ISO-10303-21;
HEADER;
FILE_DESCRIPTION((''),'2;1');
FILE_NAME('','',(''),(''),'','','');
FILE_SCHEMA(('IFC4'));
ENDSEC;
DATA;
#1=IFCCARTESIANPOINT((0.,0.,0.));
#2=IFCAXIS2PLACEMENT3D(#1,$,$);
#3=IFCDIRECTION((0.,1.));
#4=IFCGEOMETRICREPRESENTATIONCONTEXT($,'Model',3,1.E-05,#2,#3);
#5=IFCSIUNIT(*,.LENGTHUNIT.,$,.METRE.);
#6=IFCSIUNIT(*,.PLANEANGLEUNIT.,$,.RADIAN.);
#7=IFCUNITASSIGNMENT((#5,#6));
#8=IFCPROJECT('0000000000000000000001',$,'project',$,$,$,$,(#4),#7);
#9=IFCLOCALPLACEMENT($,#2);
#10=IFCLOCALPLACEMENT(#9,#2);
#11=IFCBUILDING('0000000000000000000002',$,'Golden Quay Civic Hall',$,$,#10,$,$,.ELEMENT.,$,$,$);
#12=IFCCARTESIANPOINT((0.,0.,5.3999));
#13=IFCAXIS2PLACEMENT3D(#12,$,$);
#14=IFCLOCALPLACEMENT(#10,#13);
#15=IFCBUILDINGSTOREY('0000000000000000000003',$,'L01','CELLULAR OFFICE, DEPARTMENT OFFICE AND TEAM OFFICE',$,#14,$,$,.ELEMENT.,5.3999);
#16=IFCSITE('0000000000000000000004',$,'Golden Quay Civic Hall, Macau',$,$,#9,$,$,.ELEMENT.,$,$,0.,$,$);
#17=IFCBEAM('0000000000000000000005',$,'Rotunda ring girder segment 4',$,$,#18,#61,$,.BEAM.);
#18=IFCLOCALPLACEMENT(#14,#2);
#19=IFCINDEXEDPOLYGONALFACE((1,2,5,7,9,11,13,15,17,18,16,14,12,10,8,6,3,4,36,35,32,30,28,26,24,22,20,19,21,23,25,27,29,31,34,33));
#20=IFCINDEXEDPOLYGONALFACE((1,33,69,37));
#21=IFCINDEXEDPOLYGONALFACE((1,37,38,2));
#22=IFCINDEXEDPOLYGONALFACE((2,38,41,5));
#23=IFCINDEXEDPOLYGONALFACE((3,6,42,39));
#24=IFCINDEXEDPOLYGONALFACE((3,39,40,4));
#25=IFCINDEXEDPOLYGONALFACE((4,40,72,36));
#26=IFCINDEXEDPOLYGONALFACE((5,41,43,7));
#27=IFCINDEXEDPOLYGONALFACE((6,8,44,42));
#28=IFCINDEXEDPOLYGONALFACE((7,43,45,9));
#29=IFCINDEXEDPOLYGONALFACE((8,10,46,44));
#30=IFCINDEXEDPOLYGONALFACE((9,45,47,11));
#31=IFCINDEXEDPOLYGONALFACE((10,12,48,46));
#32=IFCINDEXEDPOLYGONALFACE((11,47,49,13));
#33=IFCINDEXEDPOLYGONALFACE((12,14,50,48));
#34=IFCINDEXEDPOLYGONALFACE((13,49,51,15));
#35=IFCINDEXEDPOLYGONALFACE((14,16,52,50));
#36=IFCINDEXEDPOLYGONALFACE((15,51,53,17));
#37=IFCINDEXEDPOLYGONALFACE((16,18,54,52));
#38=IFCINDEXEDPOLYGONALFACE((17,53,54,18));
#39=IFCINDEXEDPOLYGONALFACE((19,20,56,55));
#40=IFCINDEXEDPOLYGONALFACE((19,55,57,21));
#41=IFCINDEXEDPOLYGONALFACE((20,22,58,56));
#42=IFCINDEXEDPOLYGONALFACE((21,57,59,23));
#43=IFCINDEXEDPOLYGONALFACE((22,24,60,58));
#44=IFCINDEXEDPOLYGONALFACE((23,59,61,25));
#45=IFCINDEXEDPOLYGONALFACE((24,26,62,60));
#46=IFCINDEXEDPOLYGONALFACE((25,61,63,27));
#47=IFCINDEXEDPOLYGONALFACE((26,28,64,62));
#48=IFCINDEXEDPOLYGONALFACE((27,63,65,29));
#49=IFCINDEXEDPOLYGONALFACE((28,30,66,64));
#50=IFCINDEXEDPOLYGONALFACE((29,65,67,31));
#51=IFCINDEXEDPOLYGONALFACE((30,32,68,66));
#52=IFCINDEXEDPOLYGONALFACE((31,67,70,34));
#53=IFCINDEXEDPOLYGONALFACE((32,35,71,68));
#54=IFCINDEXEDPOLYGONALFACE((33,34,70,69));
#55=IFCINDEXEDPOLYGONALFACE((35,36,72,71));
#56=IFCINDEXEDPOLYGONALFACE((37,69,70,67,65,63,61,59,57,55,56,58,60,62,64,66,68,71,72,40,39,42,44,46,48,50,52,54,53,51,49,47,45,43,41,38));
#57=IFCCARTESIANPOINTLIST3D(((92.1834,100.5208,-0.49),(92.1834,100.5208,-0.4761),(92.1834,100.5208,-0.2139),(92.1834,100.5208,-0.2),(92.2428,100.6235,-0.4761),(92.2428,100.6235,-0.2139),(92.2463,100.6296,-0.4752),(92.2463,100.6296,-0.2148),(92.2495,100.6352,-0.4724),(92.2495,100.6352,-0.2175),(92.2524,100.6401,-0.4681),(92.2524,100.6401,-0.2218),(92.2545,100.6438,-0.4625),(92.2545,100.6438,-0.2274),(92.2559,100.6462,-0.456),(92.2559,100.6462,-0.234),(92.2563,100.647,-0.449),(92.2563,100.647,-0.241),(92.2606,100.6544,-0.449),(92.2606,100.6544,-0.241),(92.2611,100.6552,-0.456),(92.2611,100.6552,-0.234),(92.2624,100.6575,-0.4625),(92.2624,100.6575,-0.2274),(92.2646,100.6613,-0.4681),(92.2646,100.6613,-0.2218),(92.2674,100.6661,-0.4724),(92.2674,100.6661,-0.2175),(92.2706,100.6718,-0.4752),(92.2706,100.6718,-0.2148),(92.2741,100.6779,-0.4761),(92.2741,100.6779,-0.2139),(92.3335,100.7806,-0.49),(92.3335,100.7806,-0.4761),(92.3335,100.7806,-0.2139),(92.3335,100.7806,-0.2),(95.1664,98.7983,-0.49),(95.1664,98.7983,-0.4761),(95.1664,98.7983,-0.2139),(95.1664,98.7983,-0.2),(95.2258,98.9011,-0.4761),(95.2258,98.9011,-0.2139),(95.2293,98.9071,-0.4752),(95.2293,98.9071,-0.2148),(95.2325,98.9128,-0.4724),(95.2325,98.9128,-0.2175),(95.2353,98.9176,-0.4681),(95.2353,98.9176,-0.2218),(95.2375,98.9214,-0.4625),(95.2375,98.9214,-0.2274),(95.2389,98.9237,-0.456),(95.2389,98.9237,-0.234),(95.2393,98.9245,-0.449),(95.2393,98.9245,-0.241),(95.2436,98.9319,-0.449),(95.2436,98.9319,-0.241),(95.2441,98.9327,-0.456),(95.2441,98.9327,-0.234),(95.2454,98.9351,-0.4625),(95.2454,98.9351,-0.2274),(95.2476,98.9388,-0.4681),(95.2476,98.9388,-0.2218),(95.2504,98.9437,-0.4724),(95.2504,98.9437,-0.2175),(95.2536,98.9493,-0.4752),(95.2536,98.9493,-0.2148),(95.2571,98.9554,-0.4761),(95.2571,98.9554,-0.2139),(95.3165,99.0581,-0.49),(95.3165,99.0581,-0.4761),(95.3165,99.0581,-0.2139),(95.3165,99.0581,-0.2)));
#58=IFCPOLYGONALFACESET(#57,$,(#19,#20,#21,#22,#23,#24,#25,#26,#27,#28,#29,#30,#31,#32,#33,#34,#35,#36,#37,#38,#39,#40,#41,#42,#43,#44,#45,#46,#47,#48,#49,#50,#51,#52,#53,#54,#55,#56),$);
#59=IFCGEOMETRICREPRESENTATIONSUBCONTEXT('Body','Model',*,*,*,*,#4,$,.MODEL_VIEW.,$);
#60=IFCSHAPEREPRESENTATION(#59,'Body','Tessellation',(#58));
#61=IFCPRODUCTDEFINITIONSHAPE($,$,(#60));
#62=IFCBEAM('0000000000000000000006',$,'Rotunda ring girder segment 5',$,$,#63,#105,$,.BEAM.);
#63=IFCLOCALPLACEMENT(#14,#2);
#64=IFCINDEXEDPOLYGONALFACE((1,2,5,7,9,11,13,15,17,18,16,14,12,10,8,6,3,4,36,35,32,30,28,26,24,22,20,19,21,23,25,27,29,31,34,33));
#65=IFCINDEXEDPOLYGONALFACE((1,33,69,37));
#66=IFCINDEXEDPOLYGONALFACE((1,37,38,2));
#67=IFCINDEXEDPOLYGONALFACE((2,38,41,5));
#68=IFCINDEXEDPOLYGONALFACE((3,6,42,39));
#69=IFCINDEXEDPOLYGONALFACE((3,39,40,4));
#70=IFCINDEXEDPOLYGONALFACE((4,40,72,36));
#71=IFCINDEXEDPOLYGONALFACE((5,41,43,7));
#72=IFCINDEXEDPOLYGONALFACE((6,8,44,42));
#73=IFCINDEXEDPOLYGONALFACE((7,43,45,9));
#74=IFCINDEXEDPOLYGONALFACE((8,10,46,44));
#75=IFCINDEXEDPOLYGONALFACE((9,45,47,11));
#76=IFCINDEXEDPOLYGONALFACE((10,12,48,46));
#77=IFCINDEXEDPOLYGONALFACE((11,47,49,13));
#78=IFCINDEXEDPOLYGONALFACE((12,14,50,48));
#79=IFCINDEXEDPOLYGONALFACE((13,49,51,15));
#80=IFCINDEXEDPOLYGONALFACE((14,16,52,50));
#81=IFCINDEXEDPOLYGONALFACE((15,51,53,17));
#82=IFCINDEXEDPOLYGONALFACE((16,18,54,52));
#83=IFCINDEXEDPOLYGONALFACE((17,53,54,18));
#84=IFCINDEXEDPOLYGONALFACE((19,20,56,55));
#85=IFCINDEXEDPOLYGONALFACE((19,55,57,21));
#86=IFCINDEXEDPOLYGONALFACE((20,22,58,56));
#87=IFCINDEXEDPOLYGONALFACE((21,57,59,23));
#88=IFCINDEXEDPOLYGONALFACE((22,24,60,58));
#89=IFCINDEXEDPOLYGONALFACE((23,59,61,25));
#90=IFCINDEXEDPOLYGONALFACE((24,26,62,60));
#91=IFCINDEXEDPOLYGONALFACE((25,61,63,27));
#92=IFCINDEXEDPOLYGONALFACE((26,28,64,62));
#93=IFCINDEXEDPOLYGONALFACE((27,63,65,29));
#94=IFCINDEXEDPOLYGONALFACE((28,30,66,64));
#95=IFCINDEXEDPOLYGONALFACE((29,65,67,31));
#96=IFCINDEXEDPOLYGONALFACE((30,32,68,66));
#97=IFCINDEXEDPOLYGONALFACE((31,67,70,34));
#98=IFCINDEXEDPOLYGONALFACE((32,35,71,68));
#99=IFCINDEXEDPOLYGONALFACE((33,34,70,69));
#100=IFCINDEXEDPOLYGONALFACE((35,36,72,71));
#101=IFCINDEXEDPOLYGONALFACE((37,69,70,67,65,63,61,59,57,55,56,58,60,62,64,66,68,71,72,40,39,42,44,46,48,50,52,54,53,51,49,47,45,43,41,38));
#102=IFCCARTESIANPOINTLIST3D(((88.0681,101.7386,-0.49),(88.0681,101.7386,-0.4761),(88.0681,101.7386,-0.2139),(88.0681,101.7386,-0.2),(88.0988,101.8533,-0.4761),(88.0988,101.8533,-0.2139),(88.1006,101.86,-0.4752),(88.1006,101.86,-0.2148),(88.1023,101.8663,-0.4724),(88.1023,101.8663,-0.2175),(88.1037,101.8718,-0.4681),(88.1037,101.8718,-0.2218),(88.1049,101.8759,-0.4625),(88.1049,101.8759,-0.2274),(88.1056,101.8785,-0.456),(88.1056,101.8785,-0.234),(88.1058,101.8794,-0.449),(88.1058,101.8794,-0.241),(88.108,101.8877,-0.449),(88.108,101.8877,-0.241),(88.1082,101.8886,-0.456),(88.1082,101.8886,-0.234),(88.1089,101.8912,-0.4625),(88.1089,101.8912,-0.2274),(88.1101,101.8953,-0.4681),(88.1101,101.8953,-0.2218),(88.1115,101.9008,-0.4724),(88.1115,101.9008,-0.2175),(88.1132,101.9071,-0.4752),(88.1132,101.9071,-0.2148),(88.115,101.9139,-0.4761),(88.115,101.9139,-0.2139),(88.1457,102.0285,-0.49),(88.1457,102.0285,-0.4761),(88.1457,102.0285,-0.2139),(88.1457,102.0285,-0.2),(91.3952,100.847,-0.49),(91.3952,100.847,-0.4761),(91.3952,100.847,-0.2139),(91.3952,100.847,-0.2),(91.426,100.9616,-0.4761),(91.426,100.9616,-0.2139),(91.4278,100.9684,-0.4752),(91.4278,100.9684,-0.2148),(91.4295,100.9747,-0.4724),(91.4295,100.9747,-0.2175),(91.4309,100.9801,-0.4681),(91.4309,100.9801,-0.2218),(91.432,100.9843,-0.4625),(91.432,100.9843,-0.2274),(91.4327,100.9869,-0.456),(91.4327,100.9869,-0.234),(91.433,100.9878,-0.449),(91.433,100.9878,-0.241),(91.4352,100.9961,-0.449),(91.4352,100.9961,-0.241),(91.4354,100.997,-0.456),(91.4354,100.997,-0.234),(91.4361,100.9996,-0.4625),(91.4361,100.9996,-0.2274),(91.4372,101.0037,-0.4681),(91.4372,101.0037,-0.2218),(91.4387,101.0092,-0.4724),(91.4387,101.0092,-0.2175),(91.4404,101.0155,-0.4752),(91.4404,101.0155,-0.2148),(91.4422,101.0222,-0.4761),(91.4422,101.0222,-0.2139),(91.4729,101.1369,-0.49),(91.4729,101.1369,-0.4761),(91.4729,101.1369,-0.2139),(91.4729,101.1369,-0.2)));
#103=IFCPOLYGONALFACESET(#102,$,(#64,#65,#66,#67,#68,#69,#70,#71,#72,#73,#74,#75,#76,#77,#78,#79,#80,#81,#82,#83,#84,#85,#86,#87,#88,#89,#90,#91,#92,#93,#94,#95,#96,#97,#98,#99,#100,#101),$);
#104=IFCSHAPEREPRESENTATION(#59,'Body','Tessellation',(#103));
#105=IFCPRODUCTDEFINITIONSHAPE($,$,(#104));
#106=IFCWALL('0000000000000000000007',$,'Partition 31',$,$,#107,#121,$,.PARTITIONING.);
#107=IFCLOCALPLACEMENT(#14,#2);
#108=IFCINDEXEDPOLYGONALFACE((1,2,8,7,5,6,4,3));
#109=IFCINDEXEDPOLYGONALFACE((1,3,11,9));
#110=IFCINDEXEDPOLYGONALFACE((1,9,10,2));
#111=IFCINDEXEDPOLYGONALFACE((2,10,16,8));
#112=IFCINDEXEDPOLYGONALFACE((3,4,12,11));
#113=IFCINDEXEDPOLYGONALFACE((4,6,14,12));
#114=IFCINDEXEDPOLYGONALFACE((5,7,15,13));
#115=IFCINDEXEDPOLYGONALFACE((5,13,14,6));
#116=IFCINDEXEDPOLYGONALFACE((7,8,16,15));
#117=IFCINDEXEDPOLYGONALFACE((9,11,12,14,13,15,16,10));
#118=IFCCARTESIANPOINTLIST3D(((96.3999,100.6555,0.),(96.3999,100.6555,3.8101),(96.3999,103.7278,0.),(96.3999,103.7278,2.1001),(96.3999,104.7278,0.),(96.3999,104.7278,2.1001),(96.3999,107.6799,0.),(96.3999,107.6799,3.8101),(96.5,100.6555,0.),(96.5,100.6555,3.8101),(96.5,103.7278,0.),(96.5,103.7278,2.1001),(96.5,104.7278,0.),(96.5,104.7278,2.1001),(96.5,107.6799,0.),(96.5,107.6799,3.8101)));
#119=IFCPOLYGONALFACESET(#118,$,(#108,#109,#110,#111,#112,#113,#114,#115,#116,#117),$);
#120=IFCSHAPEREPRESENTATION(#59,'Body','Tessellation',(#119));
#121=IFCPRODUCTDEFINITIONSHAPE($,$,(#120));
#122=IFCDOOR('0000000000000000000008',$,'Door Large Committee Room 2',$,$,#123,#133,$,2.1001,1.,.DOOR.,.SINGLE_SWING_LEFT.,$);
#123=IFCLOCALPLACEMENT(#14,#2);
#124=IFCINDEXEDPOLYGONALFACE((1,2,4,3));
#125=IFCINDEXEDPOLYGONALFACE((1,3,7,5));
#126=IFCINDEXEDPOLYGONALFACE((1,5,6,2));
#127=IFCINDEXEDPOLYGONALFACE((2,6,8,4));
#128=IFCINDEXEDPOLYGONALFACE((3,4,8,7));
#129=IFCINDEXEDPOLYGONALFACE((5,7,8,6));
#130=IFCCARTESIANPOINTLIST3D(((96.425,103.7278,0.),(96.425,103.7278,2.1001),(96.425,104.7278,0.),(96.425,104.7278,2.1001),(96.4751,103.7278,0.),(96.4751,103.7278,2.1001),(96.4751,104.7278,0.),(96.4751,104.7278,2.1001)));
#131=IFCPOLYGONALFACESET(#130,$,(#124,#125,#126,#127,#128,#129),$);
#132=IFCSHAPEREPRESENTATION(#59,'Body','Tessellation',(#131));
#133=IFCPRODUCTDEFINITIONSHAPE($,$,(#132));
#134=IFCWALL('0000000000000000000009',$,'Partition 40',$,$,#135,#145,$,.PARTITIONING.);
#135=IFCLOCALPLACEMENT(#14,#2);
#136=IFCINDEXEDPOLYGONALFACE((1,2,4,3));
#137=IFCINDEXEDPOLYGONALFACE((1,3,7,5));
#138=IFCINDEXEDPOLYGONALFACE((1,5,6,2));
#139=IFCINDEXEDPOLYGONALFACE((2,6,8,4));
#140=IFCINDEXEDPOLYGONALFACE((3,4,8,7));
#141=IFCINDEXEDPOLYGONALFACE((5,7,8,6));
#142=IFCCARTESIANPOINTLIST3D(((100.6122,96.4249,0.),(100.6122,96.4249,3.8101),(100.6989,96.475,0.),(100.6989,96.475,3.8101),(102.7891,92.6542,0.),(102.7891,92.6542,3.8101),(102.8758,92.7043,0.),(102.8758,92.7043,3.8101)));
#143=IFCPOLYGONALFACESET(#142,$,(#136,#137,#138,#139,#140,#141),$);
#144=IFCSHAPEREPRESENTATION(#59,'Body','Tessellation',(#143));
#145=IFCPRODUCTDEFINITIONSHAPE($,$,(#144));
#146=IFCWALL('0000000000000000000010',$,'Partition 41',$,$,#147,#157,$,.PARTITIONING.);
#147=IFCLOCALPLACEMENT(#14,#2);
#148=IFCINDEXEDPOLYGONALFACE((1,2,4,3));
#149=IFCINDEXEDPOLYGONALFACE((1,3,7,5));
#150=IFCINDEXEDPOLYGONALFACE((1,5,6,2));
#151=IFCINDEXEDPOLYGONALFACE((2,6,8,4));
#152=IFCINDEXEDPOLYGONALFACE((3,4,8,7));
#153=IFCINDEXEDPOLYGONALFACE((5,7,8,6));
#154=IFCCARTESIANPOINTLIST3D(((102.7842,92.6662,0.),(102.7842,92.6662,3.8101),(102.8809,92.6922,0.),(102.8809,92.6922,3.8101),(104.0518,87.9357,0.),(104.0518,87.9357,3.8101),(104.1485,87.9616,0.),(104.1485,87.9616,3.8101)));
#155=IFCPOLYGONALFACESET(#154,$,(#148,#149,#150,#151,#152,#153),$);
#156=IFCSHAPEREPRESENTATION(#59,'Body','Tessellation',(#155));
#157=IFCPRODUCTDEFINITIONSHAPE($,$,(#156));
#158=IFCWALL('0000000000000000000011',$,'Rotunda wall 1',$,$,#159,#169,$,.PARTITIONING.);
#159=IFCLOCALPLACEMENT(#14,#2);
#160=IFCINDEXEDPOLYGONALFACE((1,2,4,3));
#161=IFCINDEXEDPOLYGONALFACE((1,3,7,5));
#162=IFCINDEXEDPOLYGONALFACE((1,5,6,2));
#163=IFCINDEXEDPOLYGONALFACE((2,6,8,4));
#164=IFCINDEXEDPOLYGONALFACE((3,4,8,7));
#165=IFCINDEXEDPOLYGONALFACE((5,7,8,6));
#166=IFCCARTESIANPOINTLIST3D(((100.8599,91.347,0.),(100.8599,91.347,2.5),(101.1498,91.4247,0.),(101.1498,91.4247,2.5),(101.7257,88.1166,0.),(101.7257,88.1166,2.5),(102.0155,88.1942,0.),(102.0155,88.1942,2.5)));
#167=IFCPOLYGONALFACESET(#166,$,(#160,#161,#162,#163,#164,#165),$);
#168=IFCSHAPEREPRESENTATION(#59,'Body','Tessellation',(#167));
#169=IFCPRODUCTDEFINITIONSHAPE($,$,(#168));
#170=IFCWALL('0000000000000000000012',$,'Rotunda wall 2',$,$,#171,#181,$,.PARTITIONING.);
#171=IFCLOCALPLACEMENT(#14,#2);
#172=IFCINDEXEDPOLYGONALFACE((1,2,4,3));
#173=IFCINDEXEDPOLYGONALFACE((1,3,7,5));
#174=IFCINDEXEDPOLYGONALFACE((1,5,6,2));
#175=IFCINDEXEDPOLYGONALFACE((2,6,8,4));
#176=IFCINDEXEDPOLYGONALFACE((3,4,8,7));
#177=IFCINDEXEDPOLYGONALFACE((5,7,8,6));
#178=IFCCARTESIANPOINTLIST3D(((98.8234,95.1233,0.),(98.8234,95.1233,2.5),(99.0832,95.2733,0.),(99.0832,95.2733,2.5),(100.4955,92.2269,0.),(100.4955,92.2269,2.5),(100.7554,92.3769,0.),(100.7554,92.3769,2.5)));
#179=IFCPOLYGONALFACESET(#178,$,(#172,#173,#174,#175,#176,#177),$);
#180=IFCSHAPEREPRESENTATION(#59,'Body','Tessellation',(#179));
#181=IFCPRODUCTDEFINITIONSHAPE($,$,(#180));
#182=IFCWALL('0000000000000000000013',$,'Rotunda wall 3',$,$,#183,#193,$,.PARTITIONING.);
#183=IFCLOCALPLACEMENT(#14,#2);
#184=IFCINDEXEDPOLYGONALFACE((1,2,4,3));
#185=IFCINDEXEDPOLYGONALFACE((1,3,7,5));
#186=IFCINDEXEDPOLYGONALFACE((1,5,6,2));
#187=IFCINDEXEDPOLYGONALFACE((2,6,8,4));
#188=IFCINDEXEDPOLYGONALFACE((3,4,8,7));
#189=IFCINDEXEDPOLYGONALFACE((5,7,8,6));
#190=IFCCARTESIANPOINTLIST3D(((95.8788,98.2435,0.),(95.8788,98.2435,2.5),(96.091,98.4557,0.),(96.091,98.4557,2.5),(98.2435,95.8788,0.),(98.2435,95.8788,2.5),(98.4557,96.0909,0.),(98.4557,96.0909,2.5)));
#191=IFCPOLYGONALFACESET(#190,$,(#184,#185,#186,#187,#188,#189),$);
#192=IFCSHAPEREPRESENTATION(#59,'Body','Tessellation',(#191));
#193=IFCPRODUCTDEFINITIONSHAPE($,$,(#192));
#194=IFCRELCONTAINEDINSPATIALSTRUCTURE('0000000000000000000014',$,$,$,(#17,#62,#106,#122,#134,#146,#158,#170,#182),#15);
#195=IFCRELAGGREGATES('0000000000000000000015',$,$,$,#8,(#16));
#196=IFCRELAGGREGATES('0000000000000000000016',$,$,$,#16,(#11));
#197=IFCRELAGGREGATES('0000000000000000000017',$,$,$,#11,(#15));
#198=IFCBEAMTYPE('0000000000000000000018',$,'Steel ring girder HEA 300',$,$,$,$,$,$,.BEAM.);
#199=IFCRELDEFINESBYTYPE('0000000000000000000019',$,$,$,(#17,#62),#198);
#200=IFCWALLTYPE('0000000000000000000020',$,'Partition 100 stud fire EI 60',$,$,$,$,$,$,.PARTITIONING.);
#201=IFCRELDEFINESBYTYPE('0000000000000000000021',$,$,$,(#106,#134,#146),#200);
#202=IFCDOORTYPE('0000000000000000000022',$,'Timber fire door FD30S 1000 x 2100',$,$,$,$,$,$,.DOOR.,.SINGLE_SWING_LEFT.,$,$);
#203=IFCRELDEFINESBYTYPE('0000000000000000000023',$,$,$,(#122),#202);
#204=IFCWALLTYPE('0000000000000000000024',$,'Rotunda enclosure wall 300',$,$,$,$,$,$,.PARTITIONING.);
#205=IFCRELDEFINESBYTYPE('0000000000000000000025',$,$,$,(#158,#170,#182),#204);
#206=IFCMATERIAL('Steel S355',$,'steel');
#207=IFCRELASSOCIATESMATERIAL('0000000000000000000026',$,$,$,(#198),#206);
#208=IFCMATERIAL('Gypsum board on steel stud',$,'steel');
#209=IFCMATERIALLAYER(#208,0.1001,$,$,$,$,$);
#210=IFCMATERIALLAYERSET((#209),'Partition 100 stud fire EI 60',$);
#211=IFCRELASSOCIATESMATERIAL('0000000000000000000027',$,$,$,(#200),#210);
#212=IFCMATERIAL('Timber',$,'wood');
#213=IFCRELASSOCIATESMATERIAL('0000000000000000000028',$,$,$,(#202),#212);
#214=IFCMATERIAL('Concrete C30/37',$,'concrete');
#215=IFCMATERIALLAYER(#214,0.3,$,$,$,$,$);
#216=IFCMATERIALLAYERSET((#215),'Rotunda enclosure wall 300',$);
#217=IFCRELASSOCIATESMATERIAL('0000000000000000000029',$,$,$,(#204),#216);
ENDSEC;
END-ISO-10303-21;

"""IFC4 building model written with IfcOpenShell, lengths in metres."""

from ifc_helpers import new_model, si_unit, direction, frame, frame_2d, origin, origin_2d, place, context, subcontext, project, spatial, rectangle, i_section, extrude, material, layer, layer_set, material_profile, profile_set, type_object, element, fill, save


model = new_model("IFC4")

# Units and contexts
model_context = context("Model", 3, precision=1e-05, world=origin(), true_north=direction((0.0, 1.0)))
body_context = subcontext(model_context, "Body", "Model", "MODEL_VIEW")
ifc_project = project(units=[si_unit("LENGTHUNIT", "METRE"), si_unit("PLANEANGLEUNIT", "RADIAN")], contexts=[model_context])

# Site, building, storey
site_placement = place(None, origin())
site = spatial("IfcSite", under=ifc_project, at=site_placement, Name="Golden Quay Civic Hall, Macau", CompositionType="ELEMENT", RefElevation=0.0)
building_placement = place(site_placement, origin())
building = spatial("IfcBuilding", under=site, at=building_placement, Name="Golden Quay Civic Hall", CompositionType="ELEMENT")
storey_placement = place(building_placement, frame((0.0, 0.0, 5.3999)))
storey = spatial("IfcBuildingStorey", under=building, at=storey_placement, Name="L01", Description="CELLULAR OFFICE, DEPARTMENT OFFICE AND TEAM OFFICE", CompositionType="ELEMENT", Elevation=5.3999)

# Beams
ifc_material_1 = material(Name="Steel S355", Category="steel")
ifc_material_profile_1 = material_profile(ifc_material_1, i_section(OverallWidth=0.3, OverallDepth=0.29, WebThickness=0.0085, FlangeThickness=0.0139, FilletRadius=0.0271, at=origin_2d()), Name="HEA 300")
ifc_profile_set_1 = profile_set([ifc_material_profile_1], Name="Steel S355")
beam_type_1 = type_object("IfcBeamType", Name="Steel ring girder HEA 300", PredefinedType="BEAM", material=ifc_profile_set_1)
for number, where, z_axis, x_axis, name in (
    (1, (95.2415, 98.9282, -0.345), (-0.865997, 0.50005, 0.0), (-0.50005, -0.865997, 0.0), "Rotunda ring girder segment 4"),
    (2, (91.4341, 100.9919, -0.345), (-0.965919, 0.258845, 0.0), (-0.258845, -0.965919, 0.0), "Rotunda ring girder segment 5"),
):
    element("IfcBeam", number, at=place(storey_placement, frame(where, z_axis=z_axis, x_axis=x_axis)), inside=storey, type_object=beam_type_1, Name=name, PredefinedType="BEAM", context=body_context, shape_type="SweptSolid", body=[
        extrude(i_section(OverallWidth=0.3, OverallDepth=0.29, WebThickness=0.0085, FlangeThickness=0.0139, FilletRadius=0.0271, at=origin_2d()), origin(), (0.0, 0.0, 1.0), 3.4446),
    ])

# Wall, opening, door
ifc_material_2 = material(Name="Gypsum board on steel stud", Category="steel")
ifc_layer_1 = layer(ifc_material_2, 0.1001)
ifc_layer_set_1 = layer_set([ifc_layer_1], Name="Partition 100 stud fire EI 60")
wall_type_1 = type_object("IfcWallType", Name="Partition 100 stud fire EI 60", PredefinedType="PARTITIONING", material=ifc_layer_set_1)
wall_1_placement = place(storey_placement, frame((96.45, 100.6555, 0.0), z_axis=(0.0, 0.0, 1.0), x_axis=(0.0, 1.0, 0.0)))
wall_1 = element("IfcWall", 3, at=wall_1_placement, inside=storey, type_object=wall_type_1, Name="Partition 31", PredefinedType="PARTITIONING", context=body_context, shape_type="SweptSolid", body=[
    extrude(rectangle(XDim=7.0244, YDim=0.1001, at=frame_2d((3.5122, 0.0))), origin(), (0.0, 0.0, 1.0), 3.8101),
])
opening_placement = place(wall_1_placement, frame((3.0723, 0.0, 0.0)))
opening = element("IfcOpeningElement", 4, at=opening_placement, cuts=wall_1, PredefinedType="OPENING", context=body_context, shape_type="SweptSolid", body=[
    extrude(rectangle(XDim=1.0, YDim=2.1001, at=frame_2d((0.5, 1.05))), frame((0.0, 0.0601, 0.0), z_axis=(0.0, -1.0, 0.0), x_axis=(1.0, 0.0, 0.0)), (0.0, 0.0, 1.0), 0.1201),
])
ifc_material_3 = material(Name="Timber", Category="wood")
door_type = type_object("IfcDoorType", Name="Timber fire door FD30S 1000 x 2100", OperationType="SINGLE_SWING_LEFT", PredefinedType="DOOR", material=ifc_material_3)
door_placement = place(opening_placement, origin())
door = element("IfcDoor", 5, at=door_placement, inside=storey, type_object=door_type, Name="Door Large Committee Room 2", OperationType="SINGLE_SWING_LEFT", OverallHeight=2.1001, OverallWidth=1.0, PredefinedType="DOOR", context=body_context, shape_type="SweptSolid", body=[
    extrude(rectangle(XDim=1.0, YDim=2.1001, at=frame_2d((0.5, 1.05))), frame((0.0, 0.0249, 0.0), z_axis=(0.0, -1.0, 0.0), x_axis=(1.0, 0.0, 0.0)), (0.0, 0.0, 1.0), 0.05),
])
fill(opening, door)

# Walls
wall_2_placement = place(storey_placement, frame((100.6555, 96.45, 0.0), z_axis=(0.0, 0.0, 1.0), x_axis=(0.499993, -0.86603, 0.0)))
element("IfcWall", 6, at=wall_2_placement, inside=storey, type_object=wall_type_1, Name="Partition 40", PredefinedType="PARTITIONING", context=body_context, shape_type="SweptSolid", body=[
    extrude(rectangle(XDim=4.354, YDim=0.1001, at=frame_2d((2.177, 0.0))), origin(), (0.0, 0.0, 1.0), 3.8101),
])
wall_3_placement = place(storey_placement, frame((102.8325, 92.6792, 0.0), z_axis=(0.0, 0.0, 1.0), x_axis=(0.258829, -0.965923, 0.0)))
element("IfcWall", 7, at=wall_3_placement, inside=storey, type_object=wall_type_1, Name="Partition 41", PredefinedType="PARTITIONING", context=body_context, shape_type="SweptSolid", body=[
    extrude(rectangle(XDim=4.8975, YDim=0.1001, at=frame_2d((2.4487, 0.0))), origin(), (0.0, 0.0, 1.0), 3.8101),
])
ifc_material_4 = material(Name="Concrete C30/37", Category="concrete")
ifc_layer_2 = layer(ifc_material_4, 0.3)
ifc_layer_set_2 = layer_set([ifc_layer_2], Name="Rotunda enclosure wall 300")
wall_type_2 = type_object("IfcWallType", Name="Rotunda enclosure wall 300", PredefinedType="PARTITIONING", material=ifc_layer_set_2)
for number, where, z_axis, x_axis, name in (
    (8, (101.8706, 88.1553, 0.0), (0.0, 0.0, 1.0), (-0.258853, 0.965917, 0.0), "Rotunda wall 1"),
    (9, (100.6255, 92.3018, 0.0), (0.0, 0.0, 1.0), (-0.499963, 0.866047, 0.0), "Rotunda wall 2"),
):
    element("IfcWall", number, at=place(storey_placement, frame(where, z_axis=z_axis, x_axis=x_axis)), inside=storey, type_object=wall_type_2, Name=name, PredefinedType="PARTITIONING", context=body_context, shape_type="SweptSolid", body=[
        extrude(rectangle(XDim=3.3445, YDim=0.3, at=frame_2d((1.6724, 0.0))), origin(), (0.0, 0.0, 1.0), 2.5),
    ])
wall_4_placement = place(storey_placement, frame((98.3496, 95.9849, 0.0), z_axis=(0.0, 0.0, 1.0), x_axis=(-0.707107, 0.707107, 0.0)))
element("IfcWall", 10, at=wall_4_placement, inside=storey, type_object=wall_type_2, Name="Rotunda wall 3", PredefinedType="PARTITIONING", context=body_context, shape_type="SweptSolid", body=[
    extrude(rectangle(XDim=3.3442, YDim=0.3, at=frame_2d((1.6721, 0.0))), origin(), (0.0, 0.0, 1.0), 2.5),
])

save(model, "model.ifc")
